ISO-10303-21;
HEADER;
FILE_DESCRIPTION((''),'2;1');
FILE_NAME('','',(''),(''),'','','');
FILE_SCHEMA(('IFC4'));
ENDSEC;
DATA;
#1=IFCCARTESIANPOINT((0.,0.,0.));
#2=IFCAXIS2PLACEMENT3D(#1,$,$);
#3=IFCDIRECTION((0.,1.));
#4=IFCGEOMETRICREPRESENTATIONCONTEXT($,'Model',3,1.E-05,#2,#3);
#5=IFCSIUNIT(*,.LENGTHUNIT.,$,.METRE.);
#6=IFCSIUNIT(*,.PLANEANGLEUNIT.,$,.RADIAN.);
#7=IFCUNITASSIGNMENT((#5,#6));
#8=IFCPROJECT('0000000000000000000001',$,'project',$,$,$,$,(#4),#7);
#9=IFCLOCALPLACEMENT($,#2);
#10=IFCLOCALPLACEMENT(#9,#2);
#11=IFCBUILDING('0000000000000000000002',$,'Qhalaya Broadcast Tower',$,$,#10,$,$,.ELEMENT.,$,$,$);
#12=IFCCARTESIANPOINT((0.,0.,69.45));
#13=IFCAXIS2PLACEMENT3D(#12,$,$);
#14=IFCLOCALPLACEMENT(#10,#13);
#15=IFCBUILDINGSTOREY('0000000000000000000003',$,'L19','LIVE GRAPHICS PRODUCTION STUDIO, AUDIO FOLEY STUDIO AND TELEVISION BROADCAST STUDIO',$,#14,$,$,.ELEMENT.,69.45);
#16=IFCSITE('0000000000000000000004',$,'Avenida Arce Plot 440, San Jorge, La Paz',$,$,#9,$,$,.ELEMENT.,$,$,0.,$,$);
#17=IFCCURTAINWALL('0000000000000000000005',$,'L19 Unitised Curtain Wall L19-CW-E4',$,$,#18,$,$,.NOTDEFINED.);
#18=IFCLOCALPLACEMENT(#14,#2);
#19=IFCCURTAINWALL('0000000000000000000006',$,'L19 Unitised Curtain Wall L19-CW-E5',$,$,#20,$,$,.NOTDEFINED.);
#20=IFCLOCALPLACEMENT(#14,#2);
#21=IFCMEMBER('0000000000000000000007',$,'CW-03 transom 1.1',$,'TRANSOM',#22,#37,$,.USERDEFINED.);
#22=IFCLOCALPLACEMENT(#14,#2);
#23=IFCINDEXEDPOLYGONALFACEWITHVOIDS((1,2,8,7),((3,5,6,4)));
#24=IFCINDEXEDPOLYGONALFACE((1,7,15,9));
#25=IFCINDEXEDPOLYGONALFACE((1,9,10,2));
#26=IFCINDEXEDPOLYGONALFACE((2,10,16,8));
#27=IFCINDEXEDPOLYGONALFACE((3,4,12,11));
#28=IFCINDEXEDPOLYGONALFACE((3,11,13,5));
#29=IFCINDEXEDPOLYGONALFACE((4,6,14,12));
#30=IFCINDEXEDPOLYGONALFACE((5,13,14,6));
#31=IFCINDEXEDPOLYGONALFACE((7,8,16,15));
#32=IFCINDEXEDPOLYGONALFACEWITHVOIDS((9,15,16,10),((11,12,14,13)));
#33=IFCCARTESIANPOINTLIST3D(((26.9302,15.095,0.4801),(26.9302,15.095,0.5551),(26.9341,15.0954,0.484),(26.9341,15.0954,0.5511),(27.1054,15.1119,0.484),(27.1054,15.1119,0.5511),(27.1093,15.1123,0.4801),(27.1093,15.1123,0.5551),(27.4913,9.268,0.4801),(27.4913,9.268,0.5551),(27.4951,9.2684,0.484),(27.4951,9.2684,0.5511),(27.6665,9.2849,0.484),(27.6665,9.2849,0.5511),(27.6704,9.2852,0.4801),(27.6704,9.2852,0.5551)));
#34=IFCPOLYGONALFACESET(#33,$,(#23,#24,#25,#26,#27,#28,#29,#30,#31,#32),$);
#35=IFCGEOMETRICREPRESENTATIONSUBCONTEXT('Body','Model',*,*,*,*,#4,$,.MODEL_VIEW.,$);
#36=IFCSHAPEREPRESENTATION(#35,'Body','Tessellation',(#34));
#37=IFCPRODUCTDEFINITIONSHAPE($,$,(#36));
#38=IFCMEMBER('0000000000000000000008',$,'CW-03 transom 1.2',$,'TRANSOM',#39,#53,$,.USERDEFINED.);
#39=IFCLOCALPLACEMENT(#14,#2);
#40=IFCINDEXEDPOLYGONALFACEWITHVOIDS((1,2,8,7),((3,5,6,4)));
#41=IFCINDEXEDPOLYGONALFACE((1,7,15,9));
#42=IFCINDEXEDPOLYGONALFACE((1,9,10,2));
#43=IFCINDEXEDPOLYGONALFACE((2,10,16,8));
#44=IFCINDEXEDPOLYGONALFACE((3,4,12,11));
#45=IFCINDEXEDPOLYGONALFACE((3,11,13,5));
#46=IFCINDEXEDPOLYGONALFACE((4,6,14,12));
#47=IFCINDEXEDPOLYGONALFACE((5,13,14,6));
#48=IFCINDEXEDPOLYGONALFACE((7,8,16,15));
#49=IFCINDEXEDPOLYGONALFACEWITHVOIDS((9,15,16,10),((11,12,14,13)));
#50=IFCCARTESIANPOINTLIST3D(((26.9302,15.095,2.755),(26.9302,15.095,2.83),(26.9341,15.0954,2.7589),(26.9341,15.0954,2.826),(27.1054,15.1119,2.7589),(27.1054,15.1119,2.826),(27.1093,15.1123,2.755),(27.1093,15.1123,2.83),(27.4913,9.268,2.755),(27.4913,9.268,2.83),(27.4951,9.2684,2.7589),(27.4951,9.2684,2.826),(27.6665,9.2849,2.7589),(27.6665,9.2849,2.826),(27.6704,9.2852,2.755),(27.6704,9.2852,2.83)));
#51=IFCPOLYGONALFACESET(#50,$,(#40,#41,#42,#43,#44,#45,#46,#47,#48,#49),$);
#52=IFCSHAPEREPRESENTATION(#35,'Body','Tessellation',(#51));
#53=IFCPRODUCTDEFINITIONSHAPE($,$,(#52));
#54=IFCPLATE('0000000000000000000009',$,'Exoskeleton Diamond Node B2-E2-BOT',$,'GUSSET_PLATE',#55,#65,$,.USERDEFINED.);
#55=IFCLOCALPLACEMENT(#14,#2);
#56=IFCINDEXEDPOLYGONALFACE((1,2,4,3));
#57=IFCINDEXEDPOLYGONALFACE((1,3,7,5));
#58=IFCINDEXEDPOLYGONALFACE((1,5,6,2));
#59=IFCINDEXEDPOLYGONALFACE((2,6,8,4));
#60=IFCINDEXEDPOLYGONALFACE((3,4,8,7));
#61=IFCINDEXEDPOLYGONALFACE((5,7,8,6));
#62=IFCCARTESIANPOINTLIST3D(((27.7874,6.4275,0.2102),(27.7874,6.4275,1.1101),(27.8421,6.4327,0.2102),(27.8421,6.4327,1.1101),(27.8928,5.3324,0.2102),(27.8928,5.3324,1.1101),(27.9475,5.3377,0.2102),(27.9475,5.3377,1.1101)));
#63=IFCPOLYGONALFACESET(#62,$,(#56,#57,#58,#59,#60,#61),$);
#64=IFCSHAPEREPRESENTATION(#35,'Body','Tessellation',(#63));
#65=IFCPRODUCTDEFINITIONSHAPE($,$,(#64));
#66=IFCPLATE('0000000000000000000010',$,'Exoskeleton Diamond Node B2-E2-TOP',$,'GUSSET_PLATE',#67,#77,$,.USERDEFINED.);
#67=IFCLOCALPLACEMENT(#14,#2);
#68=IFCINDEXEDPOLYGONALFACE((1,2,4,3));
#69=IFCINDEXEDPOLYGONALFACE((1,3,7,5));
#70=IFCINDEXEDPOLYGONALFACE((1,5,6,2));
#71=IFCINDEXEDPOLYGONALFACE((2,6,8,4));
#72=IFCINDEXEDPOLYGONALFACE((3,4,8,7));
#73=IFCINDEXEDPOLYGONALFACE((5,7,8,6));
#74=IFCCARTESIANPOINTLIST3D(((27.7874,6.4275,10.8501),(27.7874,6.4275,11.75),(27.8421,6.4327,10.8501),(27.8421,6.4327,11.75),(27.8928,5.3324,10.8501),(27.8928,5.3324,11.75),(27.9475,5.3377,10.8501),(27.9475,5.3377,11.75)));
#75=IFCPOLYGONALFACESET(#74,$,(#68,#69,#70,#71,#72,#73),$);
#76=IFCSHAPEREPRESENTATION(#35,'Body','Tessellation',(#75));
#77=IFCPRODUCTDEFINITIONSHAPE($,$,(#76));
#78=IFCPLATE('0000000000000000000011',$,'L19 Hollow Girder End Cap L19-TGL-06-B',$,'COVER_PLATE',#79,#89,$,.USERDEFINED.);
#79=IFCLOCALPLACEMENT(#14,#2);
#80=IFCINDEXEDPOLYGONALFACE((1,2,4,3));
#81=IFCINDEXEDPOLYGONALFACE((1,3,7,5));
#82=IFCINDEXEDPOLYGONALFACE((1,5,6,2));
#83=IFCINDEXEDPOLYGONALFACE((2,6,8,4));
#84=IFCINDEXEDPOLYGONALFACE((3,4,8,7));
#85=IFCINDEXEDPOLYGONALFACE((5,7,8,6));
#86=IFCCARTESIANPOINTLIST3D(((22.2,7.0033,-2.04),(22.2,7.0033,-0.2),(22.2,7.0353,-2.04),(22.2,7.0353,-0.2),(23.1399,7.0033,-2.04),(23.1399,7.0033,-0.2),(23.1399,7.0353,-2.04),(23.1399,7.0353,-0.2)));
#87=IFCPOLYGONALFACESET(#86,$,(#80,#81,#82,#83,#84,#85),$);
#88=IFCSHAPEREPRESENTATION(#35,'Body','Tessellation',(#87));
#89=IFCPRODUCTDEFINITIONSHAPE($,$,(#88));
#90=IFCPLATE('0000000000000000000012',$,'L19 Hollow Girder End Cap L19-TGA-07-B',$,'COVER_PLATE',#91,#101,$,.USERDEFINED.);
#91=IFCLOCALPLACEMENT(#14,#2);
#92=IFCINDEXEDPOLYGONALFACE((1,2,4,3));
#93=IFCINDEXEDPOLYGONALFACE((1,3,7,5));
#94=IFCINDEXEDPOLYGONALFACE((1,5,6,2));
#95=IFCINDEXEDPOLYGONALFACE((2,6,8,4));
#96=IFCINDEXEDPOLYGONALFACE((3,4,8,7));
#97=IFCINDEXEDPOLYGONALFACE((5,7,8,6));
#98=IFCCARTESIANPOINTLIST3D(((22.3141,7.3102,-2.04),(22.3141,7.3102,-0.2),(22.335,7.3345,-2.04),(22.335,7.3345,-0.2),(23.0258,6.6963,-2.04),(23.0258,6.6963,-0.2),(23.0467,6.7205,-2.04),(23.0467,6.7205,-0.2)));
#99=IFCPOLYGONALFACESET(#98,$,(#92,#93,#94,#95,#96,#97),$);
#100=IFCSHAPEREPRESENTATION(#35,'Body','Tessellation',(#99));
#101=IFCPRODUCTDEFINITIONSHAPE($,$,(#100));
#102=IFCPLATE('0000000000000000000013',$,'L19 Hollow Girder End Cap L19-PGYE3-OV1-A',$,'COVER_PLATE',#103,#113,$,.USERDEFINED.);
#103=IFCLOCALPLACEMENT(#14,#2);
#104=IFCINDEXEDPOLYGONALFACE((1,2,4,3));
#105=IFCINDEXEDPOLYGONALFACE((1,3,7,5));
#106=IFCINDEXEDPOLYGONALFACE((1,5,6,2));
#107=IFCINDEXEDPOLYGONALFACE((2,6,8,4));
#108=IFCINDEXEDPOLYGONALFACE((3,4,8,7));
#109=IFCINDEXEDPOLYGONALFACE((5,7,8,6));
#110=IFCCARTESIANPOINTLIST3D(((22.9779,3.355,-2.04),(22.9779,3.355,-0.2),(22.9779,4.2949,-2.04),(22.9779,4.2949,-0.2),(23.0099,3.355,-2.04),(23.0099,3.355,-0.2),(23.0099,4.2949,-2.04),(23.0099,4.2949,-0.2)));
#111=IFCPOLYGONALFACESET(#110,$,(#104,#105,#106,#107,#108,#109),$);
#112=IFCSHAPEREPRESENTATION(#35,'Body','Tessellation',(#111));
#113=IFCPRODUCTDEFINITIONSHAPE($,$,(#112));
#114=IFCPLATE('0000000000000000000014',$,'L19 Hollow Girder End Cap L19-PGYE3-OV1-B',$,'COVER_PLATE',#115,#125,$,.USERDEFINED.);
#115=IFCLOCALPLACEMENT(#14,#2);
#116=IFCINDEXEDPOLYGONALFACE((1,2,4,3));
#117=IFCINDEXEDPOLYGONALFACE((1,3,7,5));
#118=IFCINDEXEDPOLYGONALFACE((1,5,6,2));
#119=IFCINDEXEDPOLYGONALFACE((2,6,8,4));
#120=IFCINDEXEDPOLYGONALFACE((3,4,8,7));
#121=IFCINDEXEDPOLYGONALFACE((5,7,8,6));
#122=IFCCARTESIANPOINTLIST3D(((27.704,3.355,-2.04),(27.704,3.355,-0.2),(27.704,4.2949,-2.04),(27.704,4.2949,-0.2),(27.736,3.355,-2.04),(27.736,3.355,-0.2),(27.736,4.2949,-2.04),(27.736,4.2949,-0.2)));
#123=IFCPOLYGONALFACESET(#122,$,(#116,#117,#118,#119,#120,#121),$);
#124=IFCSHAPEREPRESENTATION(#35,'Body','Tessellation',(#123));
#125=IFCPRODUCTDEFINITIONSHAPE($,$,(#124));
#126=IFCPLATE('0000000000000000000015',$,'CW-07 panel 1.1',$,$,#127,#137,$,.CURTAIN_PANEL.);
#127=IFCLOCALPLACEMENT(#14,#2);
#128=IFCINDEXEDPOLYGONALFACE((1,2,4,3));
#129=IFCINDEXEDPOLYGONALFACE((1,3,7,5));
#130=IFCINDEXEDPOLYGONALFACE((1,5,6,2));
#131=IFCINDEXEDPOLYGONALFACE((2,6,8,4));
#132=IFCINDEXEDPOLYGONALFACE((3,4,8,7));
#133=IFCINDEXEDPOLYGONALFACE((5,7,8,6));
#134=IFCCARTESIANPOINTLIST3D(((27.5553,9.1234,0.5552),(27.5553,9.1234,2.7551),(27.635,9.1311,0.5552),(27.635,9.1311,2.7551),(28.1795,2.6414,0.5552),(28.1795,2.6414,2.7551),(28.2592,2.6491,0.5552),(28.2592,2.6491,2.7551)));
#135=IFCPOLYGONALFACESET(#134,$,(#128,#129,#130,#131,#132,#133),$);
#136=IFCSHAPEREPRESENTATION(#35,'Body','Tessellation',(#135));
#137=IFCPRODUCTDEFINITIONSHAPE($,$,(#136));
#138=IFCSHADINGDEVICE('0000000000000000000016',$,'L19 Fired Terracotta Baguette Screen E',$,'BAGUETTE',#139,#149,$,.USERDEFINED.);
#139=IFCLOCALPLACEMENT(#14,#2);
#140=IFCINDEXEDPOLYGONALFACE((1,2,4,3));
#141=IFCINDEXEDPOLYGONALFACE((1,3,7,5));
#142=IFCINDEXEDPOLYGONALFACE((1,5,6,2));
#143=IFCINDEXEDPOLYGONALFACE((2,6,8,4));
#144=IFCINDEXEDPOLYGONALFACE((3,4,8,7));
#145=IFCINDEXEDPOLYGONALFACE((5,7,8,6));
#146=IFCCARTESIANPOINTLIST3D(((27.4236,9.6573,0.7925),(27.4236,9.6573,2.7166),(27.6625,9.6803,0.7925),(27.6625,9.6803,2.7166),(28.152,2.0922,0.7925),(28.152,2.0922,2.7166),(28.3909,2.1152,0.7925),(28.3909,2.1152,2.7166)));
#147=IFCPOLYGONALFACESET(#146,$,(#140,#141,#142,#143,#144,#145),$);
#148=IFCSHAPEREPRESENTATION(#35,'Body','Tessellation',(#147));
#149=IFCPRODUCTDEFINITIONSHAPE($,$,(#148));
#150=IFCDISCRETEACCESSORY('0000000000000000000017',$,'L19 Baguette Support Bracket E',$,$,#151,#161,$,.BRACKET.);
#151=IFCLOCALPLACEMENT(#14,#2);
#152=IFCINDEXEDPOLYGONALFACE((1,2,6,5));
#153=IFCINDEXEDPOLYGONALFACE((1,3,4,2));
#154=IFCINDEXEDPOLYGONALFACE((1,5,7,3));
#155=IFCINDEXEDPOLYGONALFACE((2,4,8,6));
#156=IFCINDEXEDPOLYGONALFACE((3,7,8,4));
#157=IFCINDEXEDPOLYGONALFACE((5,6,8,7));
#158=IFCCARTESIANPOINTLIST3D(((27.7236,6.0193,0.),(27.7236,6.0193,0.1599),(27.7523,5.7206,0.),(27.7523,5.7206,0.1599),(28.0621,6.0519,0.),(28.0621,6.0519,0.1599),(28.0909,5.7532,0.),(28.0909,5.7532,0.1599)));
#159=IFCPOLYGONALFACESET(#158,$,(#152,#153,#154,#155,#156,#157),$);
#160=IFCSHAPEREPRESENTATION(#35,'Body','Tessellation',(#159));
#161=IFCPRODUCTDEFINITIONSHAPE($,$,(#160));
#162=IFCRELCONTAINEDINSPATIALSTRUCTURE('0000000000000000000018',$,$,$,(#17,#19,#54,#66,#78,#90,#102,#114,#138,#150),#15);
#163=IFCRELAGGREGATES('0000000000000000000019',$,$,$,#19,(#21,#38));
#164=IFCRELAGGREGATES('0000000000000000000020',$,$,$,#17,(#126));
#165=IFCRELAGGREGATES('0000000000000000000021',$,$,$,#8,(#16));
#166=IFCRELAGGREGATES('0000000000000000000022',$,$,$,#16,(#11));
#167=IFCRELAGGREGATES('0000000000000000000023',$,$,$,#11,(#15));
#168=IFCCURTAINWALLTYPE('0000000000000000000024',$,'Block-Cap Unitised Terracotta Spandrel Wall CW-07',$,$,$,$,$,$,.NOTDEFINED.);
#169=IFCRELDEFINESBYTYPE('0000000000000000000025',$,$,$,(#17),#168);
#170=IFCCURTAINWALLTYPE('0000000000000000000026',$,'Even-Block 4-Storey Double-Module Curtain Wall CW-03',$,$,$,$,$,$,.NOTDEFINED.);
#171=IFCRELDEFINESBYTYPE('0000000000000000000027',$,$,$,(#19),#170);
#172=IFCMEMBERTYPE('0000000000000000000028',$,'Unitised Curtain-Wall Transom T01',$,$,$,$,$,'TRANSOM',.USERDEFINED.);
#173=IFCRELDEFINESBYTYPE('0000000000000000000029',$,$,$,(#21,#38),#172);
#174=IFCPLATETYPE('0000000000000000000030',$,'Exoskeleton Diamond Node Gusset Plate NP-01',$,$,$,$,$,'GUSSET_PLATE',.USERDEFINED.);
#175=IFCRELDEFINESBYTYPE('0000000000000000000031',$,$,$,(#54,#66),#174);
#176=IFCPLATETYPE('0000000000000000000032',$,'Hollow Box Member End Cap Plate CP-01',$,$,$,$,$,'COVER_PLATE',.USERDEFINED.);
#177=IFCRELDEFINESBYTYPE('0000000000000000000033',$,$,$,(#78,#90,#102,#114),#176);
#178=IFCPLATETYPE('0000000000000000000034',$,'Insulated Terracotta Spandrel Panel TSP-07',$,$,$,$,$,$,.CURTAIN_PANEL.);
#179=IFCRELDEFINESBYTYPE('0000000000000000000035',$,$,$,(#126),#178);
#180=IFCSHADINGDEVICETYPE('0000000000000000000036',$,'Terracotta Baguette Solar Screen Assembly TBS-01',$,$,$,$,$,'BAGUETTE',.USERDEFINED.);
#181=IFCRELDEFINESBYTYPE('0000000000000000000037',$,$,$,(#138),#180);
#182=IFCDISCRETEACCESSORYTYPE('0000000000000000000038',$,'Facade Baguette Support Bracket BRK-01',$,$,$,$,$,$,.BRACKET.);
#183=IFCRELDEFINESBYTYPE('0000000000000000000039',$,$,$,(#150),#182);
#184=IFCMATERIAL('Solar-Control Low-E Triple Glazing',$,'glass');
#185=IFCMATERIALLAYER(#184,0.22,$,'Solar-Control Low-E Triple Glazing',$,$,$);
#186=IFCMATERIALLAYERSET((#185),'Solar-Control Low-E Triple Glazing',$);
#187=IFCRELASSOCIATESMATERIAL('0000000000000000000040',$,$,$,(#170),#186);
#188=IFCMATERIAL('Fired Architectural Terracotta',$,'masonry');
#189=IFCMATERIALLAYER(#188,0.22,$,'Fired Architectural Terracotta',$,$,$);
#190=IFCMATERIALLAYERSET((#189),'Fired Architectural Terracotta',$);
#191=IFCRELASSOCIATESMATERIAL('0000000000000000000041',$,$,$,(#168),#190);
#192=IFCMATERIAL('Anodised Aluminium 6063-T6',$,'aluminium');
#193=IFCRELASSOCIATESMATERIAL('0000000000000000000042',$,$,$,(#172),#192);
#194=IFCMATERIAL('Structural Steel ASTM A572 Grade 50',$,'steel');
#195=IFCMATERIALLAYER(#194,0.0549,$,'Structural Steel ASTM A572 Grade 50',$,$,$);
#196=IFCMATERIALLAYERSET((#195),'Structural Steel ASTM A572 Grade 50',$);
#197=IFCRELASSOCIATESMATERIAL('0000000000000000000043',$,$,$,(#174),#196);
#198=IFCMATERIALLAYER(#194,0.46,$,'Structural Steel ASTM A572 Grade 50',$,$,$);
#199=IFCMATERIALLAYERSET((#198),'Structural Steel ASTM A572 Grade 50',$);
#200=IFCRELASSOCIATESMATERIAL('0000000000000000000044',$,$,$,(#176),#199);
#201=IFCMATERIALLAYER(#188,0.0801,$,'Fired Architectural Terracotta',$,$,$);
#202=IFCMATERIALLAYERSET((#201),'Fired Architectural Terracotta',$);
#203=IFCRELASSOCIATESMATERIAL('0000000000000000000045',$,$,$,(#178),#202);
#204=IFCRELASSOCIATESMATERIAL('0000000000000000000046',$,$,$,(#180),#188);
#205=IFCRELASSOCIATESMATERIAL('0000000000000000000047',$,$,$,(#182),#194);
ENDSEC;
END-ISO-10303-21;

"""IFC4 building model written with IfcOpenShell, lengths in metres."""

from ifc_helpers import new_model, si_unit, direction, frame, origin, origin_2d, place, context, subcontext, project, spatial, rectangle, hollow_rectangle, extrude, material, layer, layer_set, material_profile, profile_set, type_object, element, aggregate, save


model = new_model("IFC4")

# Units and contexts
model_context = context("Model", 3, precision=1e-05, world=origin(), true_north=direction((0.0, 1.0)))
body_context = subcontext(model_context, "Body", "Model", "MODEL_VIEW")
ifc_project = project(units=[si_unit("LENGTHUNIT", "METRE"), si_unit("PLANEANGLEUNIT", "RADIAN")], contexts=[model_context])

# Site, building, storey
site_placement = place(None, origin())
site = spatial("IfcSite", under=ifc_project, at=site_placement, Name="Avenida Arce Plot 440, San Jorge, La Paz", CompositionType="ELEMENT", RefElevation=0.0)
building_placement = place(site_placement, origin())
building = spatial("IfcBuilding", under=site, at=building_placement, Name="Qhalaya Broadcast Tower", CompositionType="ELEMENT")
storey_placement = place(building_placement, frame((0.0, 0.0, 69.45)))
storey = spatial("IfcBuildingStorey", under=building, at=storey_placement, Name="L19", Description="LIVE GRAPHICS PRODUCTION STUDIO, AUDIO FOLEY STUDIO AND TELEVISION BROADCAST STUDIO", CompositionType="ELEMENT", Elevation=69.45)

# Shared definitions
ifc_material_1 = material(Name="Structural Steel ASTM A572 Grade 50", Category="steel")

# Shared definitions
ifc_material_2 = material(Name="Solar-Control Low-E Triple Glazing", Category="glass")
ifc_layer_1 = layer(ifc_material_2, 0.22, Name="Solar-Control Low-E Triple Glazing")
ifc_layer_set_1 = layer_set([ifc_layer_1], Name="Solar-Control Low-E Triple Glazing")
curtain_wall_type_1 = type_object("IfcCurtainWallType", Name="Even-Block 4-Storey Double-Module Curtain Wall CW-03", PredefinedType="NOTDEFINED", material=ifc_layer_set_1)
ifc_material_3 = material(Name="Anodised Aluminium 6063-T6", Category="aluminium")

# Curtain wall
ifc_material_4 = material(Name="Fired Architectural Terracotta", Category="masonry")
ifc_layer_2 = layer(ifc_material_4, 0.22, Name="Fired Architectural Terracotta")
ifc_layer_set_2 = layer_set([ifc_layer_2], Name="Fired Architectural Terracotta")
curtain_wall_type_2 = type_object("IfcCurtainWallType", Name="Block-Cap Unitised Terracotta Spandrel Wall CW-07", PredefinedType="NOTDEFINED", material=ifc_layer_set_2)
curtain_wall_1_placement = place(storey_placement, origin())
curtain_wall_1 = element("IfcCurtainWall", 1, at=curtain_wall_1_placement, inside=storey, type_object=curtain_wall_type_2, Name="L19 Unitised Curtain Wall L19-CW-E4", PredefinedType="NOTDEFINED")

# Curtain wall
curtain_wall_2_placement = place(storey_placement, origin())
curtain_wall_2 = element("IfcCurtainWall", 2, at=curtain_wall_2_placement, inside=storey, type_object=curtain_wall_type_1, Name="L19 Unitised Curtain Wall L19-CW-E5", PredefinedType="NOTDEFINED")

# Members
ifc_material_profile_1 = material_profile(ifc_material_3, hollow_rectangle(XDim=0.075, YDim=0.1799, WallThickness=0.0039, at=origin_2d()), Name="ALU-TRN 75x180x4")
ifc_profile_set_1 = profile_set([ifc_material_profile_1], Name="Anodised Aluminium 6063-T6")
member_type_1 = type_object("IfcMemberType", Name="Unitised Curtain-Wall Transom T01", ElementType="TRANSOM", PredefinedType="USERDEFINED", material=ifc_profile_set_1)
member_1_placement = place(storey_placement, frame((27.5808, 9.2766, 0.5176), z_axis=(-0.095836, 0.995397, 0.0), x_axis=(0.0, 0.0, 1.0)))
member_1 = element("IfcMember", 3, at=member_1_placement, type_object=member_type_1, Name="CW-03 transom 1.1", ObjectType="TRANSOM", PredefinedType="USERDEFINED", context=body_context, shape_type="SweptSolid", body=[
    extrude(hollow_rectangle(XDim=0.075, YDim=0.1799, WallThickness=0.0039, at=origin_2d()), origin(), (0.0, 0.0, 1.0), 5.854),
])
member_2_placement = place(storey_placement, frame((27.5808, 9.2766, 2.7925), z_axis=(-0.095836, 0.995397, 0.0), x_axis=(0.0, 0.0, 1.0)))
member_2 = element("IfcMember", 4, at=member_2_placement, type_object=member_type_1, Name="CW-03 transom 1.2", ObjectType="TRANSOM", PredefinedType="USERDEFINED", context=body_context, shape_type="SweptSolid", body=[
    extrude(hollow_rectangle(XDim=0.075, YDim=0.1799, WallThickness=0.0039, at=origin_2d()), origin(), (0.0, 0.0, 1.0), 5.854),
])
aggregate(curtain_wall_2, [member_1, member_2])

# Plates
ifc_layer_3 = layer(ifc_material_1, 0.0549, Name="Structural Steel ASTM A572 Grade 50")
ifc_layer_set_3 = layer_set([ifc_layer_3], Name="Structural Steel ASTM A572 Grade 50")
plate_type_1 = type_object("IfcPlateType", Name="Exoskeleton Diamond Node Gusset Plate NP-01", ElementType="GUSSET_PLATE", PredefinedType="USERDEFINED", material=ifc_layer_set_3)
for number, where, z_axis, x_axis, name in (
    (5, (27.8674, 5.8826, 0.2102), (0.0, 0.0, 1.0), (-0.095846, 0.995396, 0.0), "Exoskeleton Diamond Node B2-E2-BOT"),
    (6, (27.8674, 5.8826, 10.8501), (0.0, 0.0, 1.0), (-0.095846, 0.995396, 0.0), "Exoskeleton Diamond Node B2-E2-TOP"),
):
    element("IfcPlate", number, at=place(storey_placement, frame(where, z_axis=z_axis, x_axis=x_axis)), inside=storey, type_object=plate_type_1, Name=name, ObjectType="GUSSET_PLATE", PredefinedType="USERDEFINED", context=body_context, shape_type="SweptSolid", body=[
        extrude(rectangle(XDim=1.1001, YDim=0.0549, at=origin_2d()), origin(), (0.0, 0.0, 1.0), 0.8999),
    ])
ifc_layer_4 = layer(ifc_material_1, 0.46, Name="Structural Steel ASTM A572 Grade 50")
ifc_layer_set_4 = layer_set([ifc_layer_4], Name="Structural Steel ASTM A572 Grade 50")
plate_type_2 = type_object("IfcPlateType", Name="Hollow Box Member End Cap Plate CP-01", ElementType="COVER_PLATE", PredefinedType="USERDEFINED", material=ifc_layer_set_4)
for number, where, z_axis, x_axis, name in (
    (7, (22.6699, 7.0193, -2.04), (0.0, 0.0, 1.0), (-1.0, 0.0, 0.0), "L19 Hollow Girder End Cap L19-TGL-06-B"),
    (8, (22.6804, 7.0154, -2.04), (0.0, 0.0, 1.0), (-0.757223, 0.653156, 0.0), "L19 Hollow Girder End Cap L19-TGA-07-B"),
    (9, (22.9939, 3.825, -2.04), (0.0, 0.0, 1.0), (0.0, 1.0, 0.0), "L19 Hollow Girder End Cap L19-PGYE3-OV1-A"),
    (10, (27.72, 3.825, -2.04), (0.0, 0.0, 1.0), (0.0, 1.0, 0.0), "L19 Hollow Girder End Cap L19-PGYE3-OV1-B"),
):
    element("IfcPlate", number, at=place(storey_placement, frame(where, z_axis=z_axis, x_axis=x_axis)), inside=storey, type_object=plate_type_2, Name=name, ObjectType="COVER_PLATE", PredefinedType="USERDEFINED", context=body_context, shape_type="SweptSolid", body=[
        extrude(rectangle(XDim=0.9399, YDim=0.032, at=origin_2d()), origin(), (0.0, 0.0, 1.0), 1.8401),
    ])

# Plate
ifc_layer_5 = layer(ifc_material_4, 0.0801, Name="Fired Architectural Terracotta")
ifc_layer_set_5 = layer_set([ifc_layer_5], Name="Fired Architectural Terracotta")
plate_type_3 = type_object("IfcPlateType", Name="Insulated Terracotta Spandrel Panel TSP-07", PredefinedType="CURTAIN_PANEL", material=ifc_layer_set_5)
plate_placement = place(storey_placement, frame((27.9072, 5.8862, 0.5552), z_axis=(0.0, 0.0, 1.0), x_axis=(-0.095857, 0.995395, 0.0)))
plate = element("IfcPlate", 11, at=plate_placement, type_object=plate_type_3, Name="CW-07 panel 1.1", PredefinedType="CURTAIN_PANEL", context=body_context, shape_type="SweptSolid", body=[
    extrude(rectangle(XDim=6.512, YDim=0.0801, at=origin_2d()), origin(), (0.0, 0.0, 1.0), 2.2),
])
aggregate(curtain_wall_1, [plate])

# Shading device
shading_device_type = type_object("IfcShadingDeviceType", Name="Terracotta Baguette Solar Screen Assembly TBS-01", ElementType="BAGUETTE", PredefinedType="USERDEFINED", material=ifc_material_4)
shading_device_placement = place(storey_placement, frame((27.9072, 5.8862, 0.7925), z_axis=(0.0, 0.0, 1.0), x_axis=(-0.095846, 0.995396, 0.0)))
element("IfcShadingDevice", 12, at=shading_device_placement, inside=storey, type_object=shading_device_type, Name="L19 Fired Terracotta Baguette Screen E", ObjectType="BAGUETTE", PredefinedType="USERDEFINED", context=body_context, shape_type="SweptSolid", body=[
    extrude(rectangle(XDim=7.6001, YDim=0.24, at=origin_2d()), origin(), (0.0, 0.0, 1.0), 1.9241),
])

# Discrete accessory
discrete_accessory_type = type_object("IfcDiscreteAccessoryType", Name="Facade Baguette Support Bracket BRK-01", PredefinedType="BRACKET", material=ifc_material_1)
discrete_accessory_placement = place(storey_placement, frame((27.9072, 5.8862, 0.0), z_axis=(0.0, 0.0, 1.0), x_axis=(-0.095846, 0.995396, 0.0)))
element("IfcDiscreteAccessory", 13, at=discrete_accessory_placement, inside=storey, type_object=discrete_accessory_type, Name="L19 Baguette Support Bracket E", PredefinedType="BRACKET", context=body_context, shape_type="SweptSolid", body=[
    extrude(rectangle(XDim=0.3, YDim=0.3401, at=origin_2d()), origin(), (0.0, 0.0, 1.0), 0.1599),
])

save(model, "model.ifc")
